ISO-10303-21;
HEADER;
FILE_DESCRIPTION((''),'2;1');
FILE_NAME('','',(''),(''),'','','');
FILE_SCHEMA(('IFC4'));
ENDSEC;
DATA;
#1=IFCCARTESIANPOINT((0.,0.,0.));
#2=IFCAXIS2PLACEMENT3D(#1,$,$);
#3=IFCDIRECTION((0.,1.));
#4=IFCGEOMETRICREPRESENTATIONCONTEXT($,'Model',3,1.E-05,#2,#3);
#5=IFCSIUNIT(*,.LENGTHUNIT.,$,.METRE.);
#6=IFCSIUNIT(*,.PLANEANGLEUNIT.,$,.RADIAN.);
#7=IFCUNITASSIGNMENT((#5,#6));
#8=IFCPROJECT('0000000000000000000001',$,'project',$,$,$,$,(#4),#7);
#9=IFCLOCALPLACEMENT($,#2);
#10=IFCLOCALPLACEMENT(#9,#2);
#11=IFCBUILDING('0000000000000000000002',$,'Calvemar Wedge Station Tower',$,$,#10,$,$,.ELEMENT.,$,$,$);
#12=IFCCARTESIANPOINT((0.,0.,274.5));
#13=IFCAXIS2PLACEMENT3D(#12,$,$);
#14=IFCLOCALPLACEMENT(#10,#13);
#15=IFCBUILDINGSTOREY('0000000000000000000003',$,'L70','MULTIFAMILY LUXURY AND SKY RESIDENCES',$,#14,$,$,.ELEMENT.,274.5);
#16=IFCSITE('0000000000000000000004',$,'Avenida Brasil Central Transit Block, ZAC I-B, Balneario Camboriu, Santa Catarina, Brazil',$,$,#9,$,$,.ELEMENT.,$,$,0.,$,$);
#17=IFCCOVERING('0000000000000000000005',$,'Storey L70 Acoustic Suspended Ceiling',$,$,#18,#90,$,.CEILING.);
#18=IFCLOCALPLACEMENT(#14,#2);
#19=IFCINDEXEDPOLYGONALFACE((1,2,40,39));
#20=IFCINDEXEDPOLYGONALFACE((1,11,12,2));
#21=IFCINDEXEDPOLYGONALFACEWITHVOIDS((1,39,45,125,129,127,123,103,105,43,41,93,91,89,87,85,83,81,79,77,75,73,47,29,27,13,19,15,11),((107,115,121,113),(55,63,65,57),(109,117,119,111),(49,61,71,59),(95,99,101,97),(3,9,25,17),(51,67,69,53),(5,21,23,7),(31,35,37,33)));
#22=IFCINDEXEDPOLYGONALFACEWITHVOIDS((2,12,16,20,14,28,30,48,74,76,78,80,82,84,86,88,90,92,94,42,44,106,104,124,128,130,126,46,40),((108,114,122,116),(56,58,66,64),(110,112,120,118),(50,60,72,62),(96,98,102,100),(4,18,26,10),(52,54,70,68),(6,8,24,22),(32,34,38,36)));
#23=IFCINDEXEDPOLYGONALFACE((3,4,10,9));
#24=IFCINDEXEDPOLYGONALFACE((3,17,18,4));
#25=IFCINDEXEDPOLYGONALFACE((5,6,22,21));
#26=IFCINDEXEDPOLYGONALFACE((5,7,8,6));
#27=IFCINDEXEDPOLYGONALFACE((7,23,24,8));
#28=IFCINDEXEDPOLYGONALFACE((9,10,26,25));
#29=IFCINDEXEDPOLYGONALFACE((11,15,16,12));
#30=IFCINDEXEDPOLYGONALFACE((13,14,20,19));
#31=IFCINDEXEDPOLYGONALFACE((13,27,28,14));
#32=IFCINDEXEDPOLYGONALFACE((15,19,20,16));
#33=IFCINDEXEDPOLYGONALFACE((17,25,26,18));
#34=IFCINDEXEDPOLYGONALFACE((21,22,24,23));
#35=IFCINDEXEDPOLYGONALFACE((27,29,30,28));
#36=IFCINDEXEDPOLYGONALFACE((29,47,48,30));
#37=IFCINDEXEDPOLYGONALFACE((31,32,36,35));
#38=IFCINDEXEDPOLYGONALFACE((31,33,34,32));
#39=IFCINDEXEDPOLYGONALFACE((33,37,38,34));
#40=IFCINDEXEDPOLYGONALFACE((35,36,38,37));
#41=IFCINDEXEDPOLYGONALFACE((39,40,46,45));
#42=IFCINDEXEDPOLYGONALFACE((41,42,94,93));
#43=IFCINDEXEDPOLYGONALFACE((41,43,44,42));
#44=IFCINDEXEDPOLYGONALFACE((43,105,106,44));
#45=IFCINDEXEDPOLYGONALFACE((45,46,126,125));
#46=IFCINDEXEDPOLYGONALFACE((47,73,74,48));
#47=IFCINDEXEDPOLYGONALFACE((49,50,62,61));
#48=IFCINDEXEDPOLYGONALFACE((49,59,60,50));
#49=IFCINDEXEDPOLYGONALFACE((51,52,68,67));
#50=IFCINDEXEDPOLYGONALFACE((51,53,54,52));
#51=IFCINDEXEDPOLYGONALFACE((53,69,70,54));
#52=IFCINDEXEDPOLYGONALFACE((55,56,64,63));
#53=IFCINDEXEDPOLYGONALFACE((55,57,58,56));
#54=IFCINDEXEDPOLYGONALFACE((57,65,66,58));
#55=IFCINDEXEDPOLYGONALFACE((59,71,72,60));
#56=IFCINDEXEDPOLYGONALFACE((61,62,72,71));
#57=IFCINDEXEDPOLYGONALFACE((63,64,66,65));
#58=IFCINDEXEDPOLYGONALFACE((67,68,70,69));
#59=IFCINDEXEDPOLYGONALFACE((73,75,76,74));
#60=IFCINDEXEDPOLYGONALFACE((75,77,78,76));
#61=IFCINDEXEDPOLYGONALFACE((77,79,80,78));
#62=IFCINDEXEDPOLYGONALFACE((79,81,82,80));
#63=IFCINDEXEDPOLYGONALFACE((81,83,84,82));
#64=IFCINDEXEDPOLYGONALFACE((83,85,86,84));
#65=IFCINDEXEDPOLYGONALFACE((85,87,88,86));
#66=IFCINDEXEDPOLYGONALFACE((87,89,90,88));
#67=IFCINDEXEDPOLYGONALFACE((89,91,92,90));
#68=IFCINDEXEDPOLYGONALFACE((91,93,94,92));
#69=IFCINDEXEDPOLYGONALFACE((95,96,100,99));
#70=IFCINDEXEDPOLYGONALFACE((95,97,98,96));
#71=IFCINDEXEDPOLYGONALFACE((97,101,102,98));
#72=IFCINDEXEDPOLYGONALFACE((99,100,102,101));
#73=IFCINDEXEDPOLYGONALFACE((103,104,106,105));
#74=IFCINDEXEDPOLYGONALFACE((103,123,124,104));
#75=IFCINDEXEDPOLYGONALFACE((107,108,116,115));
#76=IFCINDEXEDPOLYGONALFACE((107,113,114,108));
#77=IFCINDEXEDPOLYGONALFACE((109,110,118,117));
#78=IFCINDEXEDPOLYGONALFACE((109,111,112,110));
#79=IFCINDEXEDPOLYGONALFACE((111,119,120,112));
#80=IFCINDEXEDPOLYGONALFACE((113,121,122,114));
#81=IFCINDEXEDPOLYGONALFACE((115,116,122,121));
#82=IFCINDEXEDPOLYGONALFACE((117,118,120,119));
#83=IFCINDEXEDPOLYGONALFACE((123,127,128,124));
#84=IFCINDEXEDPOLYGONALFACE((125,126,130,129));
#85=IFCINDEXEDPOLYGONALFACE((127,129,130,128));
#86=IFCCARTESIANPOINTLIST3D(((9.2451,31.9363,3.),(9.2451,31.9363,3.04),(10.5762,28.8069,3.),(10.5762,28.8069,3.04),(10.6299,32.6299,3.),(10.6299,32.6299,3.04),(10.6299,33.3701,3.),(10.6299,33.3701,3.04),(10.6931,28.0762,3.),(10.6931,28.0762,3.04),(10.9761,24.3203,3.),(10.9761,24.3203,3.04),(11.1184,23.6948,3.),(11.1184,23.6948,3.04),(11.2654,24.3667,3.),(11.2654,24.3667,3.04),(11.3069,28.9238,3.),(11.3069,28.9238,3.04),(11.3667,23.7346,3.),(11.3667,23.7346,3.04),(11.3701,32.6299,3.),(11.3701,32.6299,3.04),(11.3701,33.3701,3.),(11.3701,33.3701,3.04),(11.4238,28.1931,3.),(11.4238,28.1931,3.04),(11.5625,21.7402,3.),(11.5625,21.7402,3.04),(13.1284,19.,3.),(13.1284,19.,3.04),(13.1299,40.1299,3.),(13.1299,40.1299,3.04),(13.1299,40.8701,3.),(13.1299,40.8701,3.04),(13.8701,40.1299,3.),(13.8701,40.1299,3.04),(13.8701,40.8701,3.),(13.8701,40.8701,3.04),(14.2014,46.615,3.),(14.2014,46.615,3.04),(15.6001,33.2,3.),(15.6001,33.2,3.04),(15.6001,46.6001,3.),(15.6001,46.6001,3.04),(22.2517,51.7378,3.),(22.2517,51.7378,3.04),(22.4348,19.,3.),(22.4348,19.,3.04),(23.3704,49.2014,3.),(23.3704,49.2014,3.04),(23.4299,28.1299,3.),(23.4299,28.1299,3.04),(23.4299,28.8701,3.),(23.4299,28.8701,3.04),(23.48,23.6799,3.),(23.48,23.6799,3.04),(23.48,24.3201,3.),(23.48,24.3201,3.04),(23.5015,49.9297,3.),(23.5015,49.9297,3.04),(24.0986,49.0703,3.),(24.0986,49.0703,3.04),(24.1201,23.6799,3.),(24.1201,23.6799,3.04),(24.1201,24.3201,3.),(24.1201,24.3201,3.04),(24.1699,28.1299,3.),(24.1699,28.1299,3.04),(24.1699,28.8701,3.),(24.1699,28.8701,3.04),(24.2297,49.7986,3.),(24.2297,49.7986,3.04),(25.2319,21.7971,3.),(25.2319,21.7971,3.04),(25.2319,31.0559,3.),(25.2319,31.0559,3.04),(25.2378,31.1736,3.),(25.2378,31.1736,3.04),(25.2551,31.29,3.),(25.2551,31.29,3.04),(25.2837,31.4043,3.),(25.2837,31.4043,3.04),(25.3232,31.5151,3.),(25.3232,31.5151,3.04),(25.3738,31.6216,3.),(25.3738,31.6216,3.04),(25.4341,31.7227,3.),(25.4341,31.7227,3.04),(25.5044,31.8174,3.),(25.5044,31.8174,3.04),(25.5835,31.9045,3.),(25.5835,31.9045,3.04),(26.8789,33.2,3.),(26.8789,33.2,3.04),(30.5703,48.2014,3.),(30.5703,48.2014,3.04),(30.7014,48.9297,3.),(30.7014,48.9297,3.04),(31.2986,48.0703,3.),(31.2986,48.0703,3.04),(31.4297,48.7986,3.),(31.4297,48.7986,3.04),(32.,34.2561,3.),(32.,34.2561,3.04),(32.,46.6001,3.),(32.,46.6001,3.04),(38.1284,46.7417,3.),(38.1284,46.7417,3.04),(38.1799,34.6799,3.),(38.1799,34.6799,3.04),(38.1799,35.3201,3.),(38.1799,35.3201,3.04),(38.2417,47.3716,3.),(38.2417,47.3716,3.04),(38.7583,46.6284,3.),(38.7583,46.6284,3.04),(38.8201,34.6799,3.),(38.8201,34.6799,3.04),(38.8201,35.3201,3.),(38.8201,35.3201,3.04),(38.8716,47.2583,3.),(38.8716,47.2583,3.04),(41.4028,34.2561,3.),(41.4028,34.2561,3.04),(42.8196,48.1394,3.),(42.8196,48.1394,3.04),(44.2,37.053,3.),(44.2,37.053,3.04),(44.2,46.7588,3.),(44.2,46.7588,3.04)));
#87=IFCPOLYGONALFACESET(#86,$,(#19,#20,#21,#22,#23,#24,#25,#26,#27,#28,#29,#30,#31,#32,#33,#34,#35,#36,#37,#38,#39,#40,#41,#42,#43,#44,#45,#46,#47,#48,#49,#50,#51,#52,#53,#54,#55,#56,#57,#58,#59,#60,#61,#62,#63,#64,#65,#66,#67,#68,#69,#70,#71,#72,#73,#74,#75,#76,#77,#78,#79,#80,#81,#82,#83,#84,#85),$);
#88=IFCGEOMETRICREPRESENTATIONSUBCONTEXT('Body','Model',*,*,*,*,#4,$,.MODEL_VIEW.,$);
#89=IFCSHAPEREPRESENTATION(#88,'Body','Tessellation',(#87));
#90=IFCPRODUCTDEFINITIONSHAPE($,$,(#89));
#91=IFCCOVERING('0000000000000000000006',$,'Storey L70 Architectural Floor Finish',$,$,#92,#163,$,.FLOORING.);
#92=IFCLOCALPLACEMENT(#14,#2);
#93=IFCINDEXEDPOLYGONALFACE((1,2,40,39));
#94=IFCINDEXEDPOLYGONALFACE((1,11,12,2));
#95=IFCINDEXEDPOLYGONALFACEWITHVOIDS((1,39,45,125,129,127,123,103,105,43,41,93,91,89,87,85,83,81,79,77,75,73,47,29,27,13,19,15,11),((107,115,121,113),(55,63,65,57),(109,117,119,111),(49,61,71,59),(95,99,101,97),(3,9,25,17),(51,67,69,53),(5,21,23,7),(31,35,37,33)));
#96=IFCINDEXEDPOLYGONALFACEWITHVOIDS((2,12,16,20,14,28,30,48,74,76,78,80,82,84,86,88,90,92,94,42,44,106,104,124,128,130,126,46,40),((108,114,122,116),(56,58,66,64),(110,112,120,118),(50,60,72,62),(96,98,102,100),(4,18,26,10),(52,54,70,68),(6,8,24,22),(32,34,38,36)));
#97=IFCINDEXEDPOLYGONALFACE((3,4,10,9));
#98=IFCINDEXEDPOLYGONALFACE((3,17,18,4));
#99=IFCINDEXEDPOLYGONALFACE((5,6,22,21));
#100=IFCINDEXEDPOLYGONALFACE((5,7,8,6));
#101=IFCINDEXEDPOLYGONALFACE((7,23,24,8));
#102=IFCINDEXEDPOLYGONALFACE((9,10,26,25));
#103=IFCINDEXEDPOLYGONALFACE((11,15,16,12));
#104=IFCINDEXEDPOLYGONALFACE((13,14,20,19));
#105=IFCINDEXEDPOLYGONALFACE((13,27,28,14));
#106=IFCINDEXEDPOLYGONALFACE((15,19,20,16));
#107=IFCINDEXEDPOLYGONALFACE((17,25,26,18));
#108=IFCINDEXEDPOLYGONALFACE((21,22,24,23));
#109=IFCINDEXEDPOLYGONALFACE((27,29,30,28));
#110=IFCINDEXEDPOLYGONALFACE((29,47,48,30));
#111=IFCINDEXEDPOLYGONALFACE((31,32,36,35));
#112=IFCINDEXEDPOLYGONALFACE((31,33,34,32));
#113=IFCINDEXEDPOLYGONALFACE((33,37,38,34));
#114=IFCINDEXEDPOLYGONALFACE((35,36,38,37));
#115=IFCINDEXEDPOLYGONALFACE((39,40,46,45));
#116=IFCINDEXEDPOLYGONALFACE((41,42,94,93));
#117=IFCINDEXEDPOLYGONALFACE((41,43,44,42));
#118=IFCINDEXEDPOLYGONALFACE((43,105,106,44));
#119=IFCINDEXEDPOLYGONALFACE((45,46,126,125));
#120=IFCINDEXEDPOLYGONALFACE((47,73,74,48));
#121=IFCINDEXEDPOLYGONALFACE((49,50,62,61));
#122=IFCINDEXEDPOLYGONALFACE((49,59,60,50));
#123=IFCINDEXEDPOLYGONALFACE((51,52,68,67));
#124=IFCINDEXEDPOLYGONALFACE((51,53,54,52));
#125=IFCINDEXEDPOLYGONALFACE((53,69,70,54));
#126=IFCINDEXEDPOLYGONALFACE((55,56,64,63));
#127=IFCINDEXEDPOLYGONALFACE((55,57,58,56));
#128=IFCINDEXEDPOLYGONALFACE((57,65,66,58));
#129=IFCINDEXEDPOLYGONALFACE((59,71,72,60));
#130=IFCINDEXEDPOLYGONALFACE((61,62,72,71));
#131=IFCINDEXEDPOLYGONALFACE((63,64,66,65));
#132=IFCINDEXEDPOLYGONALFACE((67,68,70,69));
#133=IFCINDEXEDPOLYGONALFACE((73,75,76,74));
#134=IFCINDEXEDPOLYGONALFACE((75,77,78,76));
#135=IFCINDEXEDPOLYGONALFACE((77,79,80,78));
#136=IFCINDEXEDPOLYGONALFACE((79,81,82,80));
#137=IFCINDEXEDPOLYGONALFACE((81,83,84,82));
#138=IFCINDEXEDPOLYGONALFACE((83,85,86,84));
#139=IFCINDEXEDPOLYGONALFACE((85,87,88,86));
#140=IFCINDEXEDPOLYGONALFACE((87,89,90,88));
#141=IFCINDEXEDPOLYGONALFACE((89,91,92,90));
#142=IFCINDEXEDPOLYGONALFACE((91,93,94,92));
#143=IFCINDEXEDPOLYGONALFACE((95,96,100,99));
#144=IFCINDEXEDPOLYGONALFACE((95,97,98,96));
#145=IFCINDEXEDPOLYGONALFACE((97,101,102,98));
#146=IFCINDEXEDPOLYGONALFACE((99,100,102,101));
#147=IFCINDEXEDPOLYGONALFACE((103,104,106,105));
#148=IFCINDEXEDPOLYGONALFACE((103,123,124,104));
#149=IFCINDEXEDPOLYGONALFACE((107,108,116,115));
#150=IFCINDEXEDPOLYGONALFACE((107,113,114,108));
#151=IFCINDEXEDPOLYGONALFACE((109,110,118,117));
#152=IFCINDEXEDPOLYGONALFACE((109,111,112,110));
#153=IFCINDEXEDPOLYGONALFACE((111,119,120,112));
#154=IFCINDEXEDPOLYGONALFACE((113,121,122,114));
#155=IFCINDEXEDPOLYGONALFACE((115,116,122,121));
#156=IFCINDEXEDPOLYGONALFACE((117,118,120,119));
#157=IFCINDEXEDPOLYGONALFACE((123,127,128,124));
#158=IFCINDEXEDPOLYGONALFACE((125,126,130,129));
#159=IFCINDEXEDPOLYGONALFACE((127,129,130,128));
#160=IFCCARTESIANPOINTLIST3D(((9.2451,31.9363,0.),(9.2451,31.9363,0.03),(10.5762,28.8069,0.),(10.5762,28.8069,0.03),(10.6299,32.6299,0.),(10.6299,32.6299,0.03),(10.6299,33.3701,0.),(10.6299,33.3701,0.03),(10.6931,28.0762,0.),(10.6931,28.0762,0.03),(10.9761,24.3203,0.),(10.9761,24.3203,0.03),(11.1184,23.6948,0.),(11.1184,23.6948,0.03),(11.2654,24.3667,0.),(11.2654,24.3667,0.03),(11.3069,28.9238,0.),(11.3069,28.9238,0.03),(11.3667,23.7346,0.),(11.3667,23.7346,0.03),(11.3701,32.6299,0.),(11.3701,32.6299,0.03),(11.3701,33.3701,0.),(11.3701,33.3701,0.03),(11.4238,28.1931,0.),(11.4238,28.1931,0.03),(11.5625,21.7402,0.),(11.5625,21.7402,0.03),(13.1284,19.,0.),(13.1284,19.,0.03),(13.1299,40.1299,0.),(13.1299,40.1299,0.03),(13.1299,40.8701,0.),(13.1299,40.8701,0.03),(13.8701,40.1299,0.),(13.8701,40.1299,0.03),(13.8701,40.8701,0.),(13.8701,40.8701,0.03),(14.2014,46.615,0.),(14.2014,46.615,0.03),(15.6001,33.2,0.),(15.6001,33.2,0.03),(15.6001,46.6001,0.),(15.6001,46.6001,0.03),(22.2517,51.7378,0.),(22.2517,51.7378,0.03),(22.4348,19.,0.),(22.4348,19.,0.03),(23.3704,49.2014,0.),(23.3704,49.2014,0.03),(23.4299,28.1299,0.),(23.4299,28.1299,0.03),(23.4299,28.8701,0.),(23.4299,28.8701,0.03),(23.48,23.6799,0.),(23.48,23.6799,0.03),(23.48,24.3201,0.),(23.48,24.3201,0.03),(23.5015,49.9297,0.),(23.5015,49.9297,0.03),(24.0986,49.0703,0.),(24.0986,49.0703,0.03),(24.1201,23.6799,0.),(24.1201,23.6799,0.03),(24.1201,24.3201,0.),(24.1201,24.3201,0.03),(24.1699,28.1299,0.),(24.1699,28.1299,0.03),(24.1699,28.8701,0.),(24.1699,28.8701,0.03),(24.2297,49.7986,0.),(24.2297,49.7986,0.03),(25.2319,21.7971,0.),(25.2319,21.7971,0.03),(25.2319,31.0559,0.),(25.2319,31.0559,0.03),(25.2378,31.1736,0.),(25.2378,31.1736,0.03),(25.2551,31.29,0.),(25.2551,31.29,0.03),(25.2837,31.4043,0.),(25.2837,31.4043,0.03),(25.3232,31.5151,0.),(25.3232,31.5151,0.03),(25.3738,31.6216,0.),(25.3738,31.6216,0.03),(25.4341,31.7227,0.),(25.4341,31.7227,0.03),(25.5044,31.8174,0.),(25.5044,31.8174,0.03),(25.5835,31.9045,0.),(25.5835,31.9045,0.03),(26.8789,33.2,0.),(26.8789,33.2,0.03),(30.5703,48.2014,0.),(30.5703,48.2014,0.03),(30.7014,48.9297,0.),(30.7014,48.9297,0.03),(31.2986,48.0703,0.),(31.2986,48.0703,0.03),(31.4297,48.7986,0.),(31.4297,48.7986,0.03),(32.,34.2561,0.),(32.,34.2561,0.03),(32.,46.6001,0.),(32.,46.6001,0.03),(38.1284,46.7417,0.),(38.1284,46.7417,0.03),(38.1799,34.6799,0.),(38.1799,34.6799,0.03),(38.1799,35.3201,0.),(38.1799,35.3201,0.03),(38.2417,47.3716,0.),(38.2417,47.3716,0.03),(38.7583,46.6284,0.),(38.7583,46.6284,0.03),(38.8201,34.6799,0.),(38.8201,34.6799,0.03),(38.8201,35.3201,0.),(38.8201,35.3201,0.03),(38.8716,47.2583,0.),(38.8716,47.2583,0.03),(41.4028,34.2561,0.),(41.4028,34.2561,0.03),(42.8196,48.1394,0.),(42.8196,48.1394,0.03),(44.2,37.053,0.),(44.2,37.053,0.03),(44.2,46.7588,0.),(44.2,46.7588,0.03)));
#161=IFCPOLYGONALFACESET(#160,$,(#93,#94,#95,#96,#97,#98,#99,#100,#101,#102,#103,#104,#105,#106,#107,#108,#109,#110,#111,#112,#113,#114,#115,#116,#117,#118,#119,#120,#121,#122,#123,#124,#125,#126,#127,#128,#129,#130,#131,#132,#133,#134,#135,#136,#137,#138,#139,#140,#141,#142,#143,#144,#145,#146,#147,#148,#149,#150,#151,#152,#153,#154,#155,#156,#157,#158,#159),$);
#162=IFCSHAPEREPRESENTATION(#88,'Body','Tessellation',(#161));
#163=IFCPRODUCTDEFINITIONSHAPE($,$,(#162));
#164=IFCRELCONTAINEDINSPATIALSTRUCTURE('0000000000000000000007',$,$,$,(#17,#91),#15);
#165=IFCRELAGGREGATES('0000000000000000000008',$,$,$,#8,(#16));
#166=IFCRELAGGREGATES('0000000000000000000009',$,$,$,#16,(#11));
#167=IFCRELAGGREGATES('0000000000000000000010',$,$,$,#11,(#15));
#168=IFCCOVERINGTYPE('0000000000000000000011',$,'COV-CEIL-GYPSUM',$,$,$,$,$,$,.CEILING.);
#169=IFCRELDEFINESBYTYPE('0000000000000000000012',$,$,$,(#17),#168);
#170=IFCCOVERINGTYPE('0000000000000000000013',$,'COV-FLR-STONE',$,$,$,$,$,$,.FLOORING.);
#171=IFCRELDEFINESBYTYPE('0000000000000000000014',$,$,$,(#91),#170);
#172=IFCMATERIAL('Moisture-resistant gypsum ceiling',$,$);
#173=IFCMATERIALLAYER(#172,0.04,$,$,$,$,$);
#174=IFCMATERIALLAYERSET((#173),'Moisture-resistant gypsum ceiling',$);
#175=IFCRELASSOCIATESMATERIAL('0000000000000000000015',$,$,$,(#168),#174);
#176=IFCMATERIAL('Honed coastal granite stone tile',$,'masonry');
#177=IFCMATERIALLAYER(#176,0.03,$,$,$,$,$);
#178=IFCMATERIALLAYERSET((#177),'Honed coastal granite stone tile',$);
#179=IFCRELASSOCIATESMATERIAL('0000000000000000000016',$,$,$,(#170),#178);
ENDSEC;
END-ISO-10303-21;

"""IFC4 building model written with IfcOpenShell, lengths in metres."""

from ifc_helpers import new_model, si_unit, direction, frame, origin, place, context, subcontext, project, spatial, polyline, outline, extrude, material, layer, layer_set, type_object, element, save


model = new_model("IFC4")

# Units and contexts
model_context = context("Model", 3, precision=1e-05, world=origin(), true_north=direction((0.0, 1.0)))
body_context = subcontext(model_context, "Body", "Model", "MODEL_VIEW")
ifc_project = project(units=[si_unit("LENGTHUNIT", "METRE"), si_unit("PLANEANGLEUNIT", "RADIAN")], contexts=[model_context])

# Site, building, storey
site_placement = place(None, origin())
site = spatial("IfcSite", under=ifc_project, at=site_placement, Name="Avenida Brasil Central Transit Block, ZAC I-B, Balneario Camboriu, Santa Catarina, Brazil", CompositionType="ELEMENT", RefElevation=0.0)
building_placement = place(site_placement, origin())
building = spatial("IfcBuilding", under=site, at=building_placement, Name="Calvemar Wedge Station Tower", CompositionType="ELEMENT")
storey_placement = place(building_placement, frame((0.0, 0.0, 274.5)))
storey = spatial("IfcBuildingStorey", under=building, at=storey_placement, Name="L70", Description="MULTIFAMILY LUXURY AND SKY RESIDENCES", CompositionType="ELEMENT", Elevation=274.5)

# Coverings
ifc_material_1 = material(Name="Moisture-resistant gypsum ceiling")
ifc_layer_1 = layer(ifc_material_1, 0.04)
ifc_layer_set_1 = layer_set([ifc_layer_1], Name="Moisture-resistant gypsum ceiling")
covering_type_1 = type_object("IfcCoveringType", Name="COV-CEIL-GYPSUM", PredefinedType="CEILING", material=ifc_layer_set_1)
covering_1_placement = place(storey_placement, frame((0.0, 0.0, 3.0)))
element("IfcCovering", 1, at=covering_1_placement, inside=storey, type_object=covering_type_1, Name="Storey L70 Acoustic Suspended Ceiling", PredefinedType="CEILING", context=body_context, shape_type="SweptSolid", body=[
    extrude(outline(polyline([(15.6001, 33.2), (15.6001, 46.6001), (32.0, 46.6001), (32.0, 34.2561), (41.4028, 34.2561), (44.2, 37.053), (44.2, 46.7588), (42.8196, 48.1394), (22.2517, 51.7378), (14.2014, 46.615), (9.2451, 31.9363), (10.9761, 24.3203), (11.2654, 24.3667), (11.3667, 23.7346), (11.1184, 23.6948), (11.5625, 21.7402), (13.1284, 19.0), (22.4348, 19.0), (25.2319, 21.7971), (25.2319, 31.0559), (25.2378, 31.1736), (25.2551, 31.29), (25.2837, 31.4043), (25.3232, 31.5151), (25.3738, 31.6216), (25.4341, 31.7227), (25.5044, 31.8174), (25.5835, 31.9045), (26.8789, 33.2), (15.6001, 33.2)]), holes=[polyline([(11.3701, 33.3701), (11.3701, 32.6299), (10.6299, 32.6299), (10.6299, 33.3701), (11.3701, 33.3701)]), polyline([(13.8701, 40.1299), (13.1299, 40.1299), (13.1299, 40.8701), (13.8701, 40.8701), (13.8701, 40.1299)]), polyline([(23.3704, 49.2014), (23.5015, 49.9297), (24.2297, 49.7986), (24.0986, 49.0703), (23.3704, 49.2014)]), polyline([(30.7014, 48.9297), (31.4297, 48.7986), (31.2986, 48.0703), (30.5703, 48.2014), (30.7014, 48.9297)]), polyline([(38.8716, 47.2583), (38.7583, 46.6284), (38.1284, 46.7417), (38.2417, 47.3716), (38.8716, 47.2583)]), polyline([(38.8201, 34.6799), (38.1799, 34.6799), (38.1799, 35.3201), (38.8201, 35.3201), (38.8201, 34.6799)]), polyline([(10.5762, 28.8069), (11.3069, 28.9238), (11.4238, 28.1931), (10.6931, 28.0762), (10.5762, 28.8069)]), polyline([(24.1699, 28.8701), (24.1699, 28.1299), (23.4299, 28.1299), (23.4299, 28.8701), (24.1699, 28.8701)]), polyline([(24.1201, 23.6799), (23.48, 23.6799), (23.48, 24.3201), (24.1201, 24.3201), (24.1201, 23.6799)])]), origin(), (0.0, 0.0, 1.0), 0.04),
])
ifc_material_2 = material(Name="Honed coastal granite stone tile", Category="masonry")
ifc_layer_2 = layer(ifc_material_2, 0.03)
ifc_layer_set_2 = layer_set([ifc_layer_2], Name="Honed coastal granite stone tile")
covering_type_2 = type_object("IfcCoveringType", Name="COV-FLR-STONE", PredefinedType="FLOORING", material=ifc_layer_set_2)
covering_2_placement = place(storey_placement, origin())
element("IfcCovering", 2, at=covering_2_placement, inside=storey, type_object=covering_type_2, Name="Storey L70 Architectural Floor Finish", PredefinedType="FLOORING", context=body_context, shape_type="SweptSolid", body=[
    extrude(outline(polyline([(15.6001, 33.2), (15.6001, 46.6001), (32.0, 46.6001), (32.0, 34.2561), (41.4028, 34.2561), (44.2, 37.053), (44.2, 46.7588), (42.8196, 48.1394), (22.2517, 51.7378), (14.2014, 46.615), (9.2451, 31.9363), (10.9761, 24.3203), (11.2654, 24.3667), (11.3667, 23.7346), (11.1184, 23.6948), (11.5625, 21.7402), (13.1284, 19.0), (22.4348, 19.0), (25.2319, 21.7971), (25.2319, 31.0559), (25.2378, 31.1736), (25.2551, 31.29), (25.2837, 31.4043), (25.3232, 31.5151), (25.3738, 31.6216), (25.4341, 31.7227), (25.5044, 31.8174), (25.5835, 31.9045), (26.8789, 33.2), (15.6001, 33.2)]), holes=[polyline([(11.3701, 33.3701), (11.3701, 32.6299), (10.6299, 32.6299), (10.6299, 33.3701), (11.3701, 33.3701)]), polyline([(13.8701, 40.1299), (13.1299, 40.1299), (13.1299, 40.8701), (13.8701, 40.8701), (13.8701, 40.1299)]), polyline([(23.3704, 49.2014), (23.5015, 49.9297), (24.2297, 49.7986), (24.0986, 49.0703), (23.3704, 49.2014)]), polyline([(30.7014, 48.9297), (31.4297, 48.7986), (31.2986, 48.0703), (30.5703, 48.2014), (30.7014, 48.9297)]), polyline([(38.8716, 47.2583), (38.7583, 46.6284), (38.1284, 46.7417), (38.2417, 47.3716), (38.8716, 47.2583)]), polyline([(38.8201, 34.6799), (38.1799, 34.6799), (38.1799, 35.3201), (38.8201, 35.3201), (38.8201, 34.6799)]), polyline([(10.5762, 28.8069), (11.3069, 28.9238), (11.4238, 28.1931), (10.6931, 28.0762), (10.5762, 28.8069)]), polyline([(24.1699, 28.8701), (24.1699, 28.1299), (23.4299, 28.1299), (23.4299, 28.8701), (24.1699, 28.8701)]), polyline([(24.1201, 23.6799), (23.48, 23.6799), (23.48, 24.3201), (24.1201, 24.3201), (24.1201, 23.6799)])]), origin(), (0.0, 0.0, 1.0), 0.03),
])

save(model, "model.ifc")
